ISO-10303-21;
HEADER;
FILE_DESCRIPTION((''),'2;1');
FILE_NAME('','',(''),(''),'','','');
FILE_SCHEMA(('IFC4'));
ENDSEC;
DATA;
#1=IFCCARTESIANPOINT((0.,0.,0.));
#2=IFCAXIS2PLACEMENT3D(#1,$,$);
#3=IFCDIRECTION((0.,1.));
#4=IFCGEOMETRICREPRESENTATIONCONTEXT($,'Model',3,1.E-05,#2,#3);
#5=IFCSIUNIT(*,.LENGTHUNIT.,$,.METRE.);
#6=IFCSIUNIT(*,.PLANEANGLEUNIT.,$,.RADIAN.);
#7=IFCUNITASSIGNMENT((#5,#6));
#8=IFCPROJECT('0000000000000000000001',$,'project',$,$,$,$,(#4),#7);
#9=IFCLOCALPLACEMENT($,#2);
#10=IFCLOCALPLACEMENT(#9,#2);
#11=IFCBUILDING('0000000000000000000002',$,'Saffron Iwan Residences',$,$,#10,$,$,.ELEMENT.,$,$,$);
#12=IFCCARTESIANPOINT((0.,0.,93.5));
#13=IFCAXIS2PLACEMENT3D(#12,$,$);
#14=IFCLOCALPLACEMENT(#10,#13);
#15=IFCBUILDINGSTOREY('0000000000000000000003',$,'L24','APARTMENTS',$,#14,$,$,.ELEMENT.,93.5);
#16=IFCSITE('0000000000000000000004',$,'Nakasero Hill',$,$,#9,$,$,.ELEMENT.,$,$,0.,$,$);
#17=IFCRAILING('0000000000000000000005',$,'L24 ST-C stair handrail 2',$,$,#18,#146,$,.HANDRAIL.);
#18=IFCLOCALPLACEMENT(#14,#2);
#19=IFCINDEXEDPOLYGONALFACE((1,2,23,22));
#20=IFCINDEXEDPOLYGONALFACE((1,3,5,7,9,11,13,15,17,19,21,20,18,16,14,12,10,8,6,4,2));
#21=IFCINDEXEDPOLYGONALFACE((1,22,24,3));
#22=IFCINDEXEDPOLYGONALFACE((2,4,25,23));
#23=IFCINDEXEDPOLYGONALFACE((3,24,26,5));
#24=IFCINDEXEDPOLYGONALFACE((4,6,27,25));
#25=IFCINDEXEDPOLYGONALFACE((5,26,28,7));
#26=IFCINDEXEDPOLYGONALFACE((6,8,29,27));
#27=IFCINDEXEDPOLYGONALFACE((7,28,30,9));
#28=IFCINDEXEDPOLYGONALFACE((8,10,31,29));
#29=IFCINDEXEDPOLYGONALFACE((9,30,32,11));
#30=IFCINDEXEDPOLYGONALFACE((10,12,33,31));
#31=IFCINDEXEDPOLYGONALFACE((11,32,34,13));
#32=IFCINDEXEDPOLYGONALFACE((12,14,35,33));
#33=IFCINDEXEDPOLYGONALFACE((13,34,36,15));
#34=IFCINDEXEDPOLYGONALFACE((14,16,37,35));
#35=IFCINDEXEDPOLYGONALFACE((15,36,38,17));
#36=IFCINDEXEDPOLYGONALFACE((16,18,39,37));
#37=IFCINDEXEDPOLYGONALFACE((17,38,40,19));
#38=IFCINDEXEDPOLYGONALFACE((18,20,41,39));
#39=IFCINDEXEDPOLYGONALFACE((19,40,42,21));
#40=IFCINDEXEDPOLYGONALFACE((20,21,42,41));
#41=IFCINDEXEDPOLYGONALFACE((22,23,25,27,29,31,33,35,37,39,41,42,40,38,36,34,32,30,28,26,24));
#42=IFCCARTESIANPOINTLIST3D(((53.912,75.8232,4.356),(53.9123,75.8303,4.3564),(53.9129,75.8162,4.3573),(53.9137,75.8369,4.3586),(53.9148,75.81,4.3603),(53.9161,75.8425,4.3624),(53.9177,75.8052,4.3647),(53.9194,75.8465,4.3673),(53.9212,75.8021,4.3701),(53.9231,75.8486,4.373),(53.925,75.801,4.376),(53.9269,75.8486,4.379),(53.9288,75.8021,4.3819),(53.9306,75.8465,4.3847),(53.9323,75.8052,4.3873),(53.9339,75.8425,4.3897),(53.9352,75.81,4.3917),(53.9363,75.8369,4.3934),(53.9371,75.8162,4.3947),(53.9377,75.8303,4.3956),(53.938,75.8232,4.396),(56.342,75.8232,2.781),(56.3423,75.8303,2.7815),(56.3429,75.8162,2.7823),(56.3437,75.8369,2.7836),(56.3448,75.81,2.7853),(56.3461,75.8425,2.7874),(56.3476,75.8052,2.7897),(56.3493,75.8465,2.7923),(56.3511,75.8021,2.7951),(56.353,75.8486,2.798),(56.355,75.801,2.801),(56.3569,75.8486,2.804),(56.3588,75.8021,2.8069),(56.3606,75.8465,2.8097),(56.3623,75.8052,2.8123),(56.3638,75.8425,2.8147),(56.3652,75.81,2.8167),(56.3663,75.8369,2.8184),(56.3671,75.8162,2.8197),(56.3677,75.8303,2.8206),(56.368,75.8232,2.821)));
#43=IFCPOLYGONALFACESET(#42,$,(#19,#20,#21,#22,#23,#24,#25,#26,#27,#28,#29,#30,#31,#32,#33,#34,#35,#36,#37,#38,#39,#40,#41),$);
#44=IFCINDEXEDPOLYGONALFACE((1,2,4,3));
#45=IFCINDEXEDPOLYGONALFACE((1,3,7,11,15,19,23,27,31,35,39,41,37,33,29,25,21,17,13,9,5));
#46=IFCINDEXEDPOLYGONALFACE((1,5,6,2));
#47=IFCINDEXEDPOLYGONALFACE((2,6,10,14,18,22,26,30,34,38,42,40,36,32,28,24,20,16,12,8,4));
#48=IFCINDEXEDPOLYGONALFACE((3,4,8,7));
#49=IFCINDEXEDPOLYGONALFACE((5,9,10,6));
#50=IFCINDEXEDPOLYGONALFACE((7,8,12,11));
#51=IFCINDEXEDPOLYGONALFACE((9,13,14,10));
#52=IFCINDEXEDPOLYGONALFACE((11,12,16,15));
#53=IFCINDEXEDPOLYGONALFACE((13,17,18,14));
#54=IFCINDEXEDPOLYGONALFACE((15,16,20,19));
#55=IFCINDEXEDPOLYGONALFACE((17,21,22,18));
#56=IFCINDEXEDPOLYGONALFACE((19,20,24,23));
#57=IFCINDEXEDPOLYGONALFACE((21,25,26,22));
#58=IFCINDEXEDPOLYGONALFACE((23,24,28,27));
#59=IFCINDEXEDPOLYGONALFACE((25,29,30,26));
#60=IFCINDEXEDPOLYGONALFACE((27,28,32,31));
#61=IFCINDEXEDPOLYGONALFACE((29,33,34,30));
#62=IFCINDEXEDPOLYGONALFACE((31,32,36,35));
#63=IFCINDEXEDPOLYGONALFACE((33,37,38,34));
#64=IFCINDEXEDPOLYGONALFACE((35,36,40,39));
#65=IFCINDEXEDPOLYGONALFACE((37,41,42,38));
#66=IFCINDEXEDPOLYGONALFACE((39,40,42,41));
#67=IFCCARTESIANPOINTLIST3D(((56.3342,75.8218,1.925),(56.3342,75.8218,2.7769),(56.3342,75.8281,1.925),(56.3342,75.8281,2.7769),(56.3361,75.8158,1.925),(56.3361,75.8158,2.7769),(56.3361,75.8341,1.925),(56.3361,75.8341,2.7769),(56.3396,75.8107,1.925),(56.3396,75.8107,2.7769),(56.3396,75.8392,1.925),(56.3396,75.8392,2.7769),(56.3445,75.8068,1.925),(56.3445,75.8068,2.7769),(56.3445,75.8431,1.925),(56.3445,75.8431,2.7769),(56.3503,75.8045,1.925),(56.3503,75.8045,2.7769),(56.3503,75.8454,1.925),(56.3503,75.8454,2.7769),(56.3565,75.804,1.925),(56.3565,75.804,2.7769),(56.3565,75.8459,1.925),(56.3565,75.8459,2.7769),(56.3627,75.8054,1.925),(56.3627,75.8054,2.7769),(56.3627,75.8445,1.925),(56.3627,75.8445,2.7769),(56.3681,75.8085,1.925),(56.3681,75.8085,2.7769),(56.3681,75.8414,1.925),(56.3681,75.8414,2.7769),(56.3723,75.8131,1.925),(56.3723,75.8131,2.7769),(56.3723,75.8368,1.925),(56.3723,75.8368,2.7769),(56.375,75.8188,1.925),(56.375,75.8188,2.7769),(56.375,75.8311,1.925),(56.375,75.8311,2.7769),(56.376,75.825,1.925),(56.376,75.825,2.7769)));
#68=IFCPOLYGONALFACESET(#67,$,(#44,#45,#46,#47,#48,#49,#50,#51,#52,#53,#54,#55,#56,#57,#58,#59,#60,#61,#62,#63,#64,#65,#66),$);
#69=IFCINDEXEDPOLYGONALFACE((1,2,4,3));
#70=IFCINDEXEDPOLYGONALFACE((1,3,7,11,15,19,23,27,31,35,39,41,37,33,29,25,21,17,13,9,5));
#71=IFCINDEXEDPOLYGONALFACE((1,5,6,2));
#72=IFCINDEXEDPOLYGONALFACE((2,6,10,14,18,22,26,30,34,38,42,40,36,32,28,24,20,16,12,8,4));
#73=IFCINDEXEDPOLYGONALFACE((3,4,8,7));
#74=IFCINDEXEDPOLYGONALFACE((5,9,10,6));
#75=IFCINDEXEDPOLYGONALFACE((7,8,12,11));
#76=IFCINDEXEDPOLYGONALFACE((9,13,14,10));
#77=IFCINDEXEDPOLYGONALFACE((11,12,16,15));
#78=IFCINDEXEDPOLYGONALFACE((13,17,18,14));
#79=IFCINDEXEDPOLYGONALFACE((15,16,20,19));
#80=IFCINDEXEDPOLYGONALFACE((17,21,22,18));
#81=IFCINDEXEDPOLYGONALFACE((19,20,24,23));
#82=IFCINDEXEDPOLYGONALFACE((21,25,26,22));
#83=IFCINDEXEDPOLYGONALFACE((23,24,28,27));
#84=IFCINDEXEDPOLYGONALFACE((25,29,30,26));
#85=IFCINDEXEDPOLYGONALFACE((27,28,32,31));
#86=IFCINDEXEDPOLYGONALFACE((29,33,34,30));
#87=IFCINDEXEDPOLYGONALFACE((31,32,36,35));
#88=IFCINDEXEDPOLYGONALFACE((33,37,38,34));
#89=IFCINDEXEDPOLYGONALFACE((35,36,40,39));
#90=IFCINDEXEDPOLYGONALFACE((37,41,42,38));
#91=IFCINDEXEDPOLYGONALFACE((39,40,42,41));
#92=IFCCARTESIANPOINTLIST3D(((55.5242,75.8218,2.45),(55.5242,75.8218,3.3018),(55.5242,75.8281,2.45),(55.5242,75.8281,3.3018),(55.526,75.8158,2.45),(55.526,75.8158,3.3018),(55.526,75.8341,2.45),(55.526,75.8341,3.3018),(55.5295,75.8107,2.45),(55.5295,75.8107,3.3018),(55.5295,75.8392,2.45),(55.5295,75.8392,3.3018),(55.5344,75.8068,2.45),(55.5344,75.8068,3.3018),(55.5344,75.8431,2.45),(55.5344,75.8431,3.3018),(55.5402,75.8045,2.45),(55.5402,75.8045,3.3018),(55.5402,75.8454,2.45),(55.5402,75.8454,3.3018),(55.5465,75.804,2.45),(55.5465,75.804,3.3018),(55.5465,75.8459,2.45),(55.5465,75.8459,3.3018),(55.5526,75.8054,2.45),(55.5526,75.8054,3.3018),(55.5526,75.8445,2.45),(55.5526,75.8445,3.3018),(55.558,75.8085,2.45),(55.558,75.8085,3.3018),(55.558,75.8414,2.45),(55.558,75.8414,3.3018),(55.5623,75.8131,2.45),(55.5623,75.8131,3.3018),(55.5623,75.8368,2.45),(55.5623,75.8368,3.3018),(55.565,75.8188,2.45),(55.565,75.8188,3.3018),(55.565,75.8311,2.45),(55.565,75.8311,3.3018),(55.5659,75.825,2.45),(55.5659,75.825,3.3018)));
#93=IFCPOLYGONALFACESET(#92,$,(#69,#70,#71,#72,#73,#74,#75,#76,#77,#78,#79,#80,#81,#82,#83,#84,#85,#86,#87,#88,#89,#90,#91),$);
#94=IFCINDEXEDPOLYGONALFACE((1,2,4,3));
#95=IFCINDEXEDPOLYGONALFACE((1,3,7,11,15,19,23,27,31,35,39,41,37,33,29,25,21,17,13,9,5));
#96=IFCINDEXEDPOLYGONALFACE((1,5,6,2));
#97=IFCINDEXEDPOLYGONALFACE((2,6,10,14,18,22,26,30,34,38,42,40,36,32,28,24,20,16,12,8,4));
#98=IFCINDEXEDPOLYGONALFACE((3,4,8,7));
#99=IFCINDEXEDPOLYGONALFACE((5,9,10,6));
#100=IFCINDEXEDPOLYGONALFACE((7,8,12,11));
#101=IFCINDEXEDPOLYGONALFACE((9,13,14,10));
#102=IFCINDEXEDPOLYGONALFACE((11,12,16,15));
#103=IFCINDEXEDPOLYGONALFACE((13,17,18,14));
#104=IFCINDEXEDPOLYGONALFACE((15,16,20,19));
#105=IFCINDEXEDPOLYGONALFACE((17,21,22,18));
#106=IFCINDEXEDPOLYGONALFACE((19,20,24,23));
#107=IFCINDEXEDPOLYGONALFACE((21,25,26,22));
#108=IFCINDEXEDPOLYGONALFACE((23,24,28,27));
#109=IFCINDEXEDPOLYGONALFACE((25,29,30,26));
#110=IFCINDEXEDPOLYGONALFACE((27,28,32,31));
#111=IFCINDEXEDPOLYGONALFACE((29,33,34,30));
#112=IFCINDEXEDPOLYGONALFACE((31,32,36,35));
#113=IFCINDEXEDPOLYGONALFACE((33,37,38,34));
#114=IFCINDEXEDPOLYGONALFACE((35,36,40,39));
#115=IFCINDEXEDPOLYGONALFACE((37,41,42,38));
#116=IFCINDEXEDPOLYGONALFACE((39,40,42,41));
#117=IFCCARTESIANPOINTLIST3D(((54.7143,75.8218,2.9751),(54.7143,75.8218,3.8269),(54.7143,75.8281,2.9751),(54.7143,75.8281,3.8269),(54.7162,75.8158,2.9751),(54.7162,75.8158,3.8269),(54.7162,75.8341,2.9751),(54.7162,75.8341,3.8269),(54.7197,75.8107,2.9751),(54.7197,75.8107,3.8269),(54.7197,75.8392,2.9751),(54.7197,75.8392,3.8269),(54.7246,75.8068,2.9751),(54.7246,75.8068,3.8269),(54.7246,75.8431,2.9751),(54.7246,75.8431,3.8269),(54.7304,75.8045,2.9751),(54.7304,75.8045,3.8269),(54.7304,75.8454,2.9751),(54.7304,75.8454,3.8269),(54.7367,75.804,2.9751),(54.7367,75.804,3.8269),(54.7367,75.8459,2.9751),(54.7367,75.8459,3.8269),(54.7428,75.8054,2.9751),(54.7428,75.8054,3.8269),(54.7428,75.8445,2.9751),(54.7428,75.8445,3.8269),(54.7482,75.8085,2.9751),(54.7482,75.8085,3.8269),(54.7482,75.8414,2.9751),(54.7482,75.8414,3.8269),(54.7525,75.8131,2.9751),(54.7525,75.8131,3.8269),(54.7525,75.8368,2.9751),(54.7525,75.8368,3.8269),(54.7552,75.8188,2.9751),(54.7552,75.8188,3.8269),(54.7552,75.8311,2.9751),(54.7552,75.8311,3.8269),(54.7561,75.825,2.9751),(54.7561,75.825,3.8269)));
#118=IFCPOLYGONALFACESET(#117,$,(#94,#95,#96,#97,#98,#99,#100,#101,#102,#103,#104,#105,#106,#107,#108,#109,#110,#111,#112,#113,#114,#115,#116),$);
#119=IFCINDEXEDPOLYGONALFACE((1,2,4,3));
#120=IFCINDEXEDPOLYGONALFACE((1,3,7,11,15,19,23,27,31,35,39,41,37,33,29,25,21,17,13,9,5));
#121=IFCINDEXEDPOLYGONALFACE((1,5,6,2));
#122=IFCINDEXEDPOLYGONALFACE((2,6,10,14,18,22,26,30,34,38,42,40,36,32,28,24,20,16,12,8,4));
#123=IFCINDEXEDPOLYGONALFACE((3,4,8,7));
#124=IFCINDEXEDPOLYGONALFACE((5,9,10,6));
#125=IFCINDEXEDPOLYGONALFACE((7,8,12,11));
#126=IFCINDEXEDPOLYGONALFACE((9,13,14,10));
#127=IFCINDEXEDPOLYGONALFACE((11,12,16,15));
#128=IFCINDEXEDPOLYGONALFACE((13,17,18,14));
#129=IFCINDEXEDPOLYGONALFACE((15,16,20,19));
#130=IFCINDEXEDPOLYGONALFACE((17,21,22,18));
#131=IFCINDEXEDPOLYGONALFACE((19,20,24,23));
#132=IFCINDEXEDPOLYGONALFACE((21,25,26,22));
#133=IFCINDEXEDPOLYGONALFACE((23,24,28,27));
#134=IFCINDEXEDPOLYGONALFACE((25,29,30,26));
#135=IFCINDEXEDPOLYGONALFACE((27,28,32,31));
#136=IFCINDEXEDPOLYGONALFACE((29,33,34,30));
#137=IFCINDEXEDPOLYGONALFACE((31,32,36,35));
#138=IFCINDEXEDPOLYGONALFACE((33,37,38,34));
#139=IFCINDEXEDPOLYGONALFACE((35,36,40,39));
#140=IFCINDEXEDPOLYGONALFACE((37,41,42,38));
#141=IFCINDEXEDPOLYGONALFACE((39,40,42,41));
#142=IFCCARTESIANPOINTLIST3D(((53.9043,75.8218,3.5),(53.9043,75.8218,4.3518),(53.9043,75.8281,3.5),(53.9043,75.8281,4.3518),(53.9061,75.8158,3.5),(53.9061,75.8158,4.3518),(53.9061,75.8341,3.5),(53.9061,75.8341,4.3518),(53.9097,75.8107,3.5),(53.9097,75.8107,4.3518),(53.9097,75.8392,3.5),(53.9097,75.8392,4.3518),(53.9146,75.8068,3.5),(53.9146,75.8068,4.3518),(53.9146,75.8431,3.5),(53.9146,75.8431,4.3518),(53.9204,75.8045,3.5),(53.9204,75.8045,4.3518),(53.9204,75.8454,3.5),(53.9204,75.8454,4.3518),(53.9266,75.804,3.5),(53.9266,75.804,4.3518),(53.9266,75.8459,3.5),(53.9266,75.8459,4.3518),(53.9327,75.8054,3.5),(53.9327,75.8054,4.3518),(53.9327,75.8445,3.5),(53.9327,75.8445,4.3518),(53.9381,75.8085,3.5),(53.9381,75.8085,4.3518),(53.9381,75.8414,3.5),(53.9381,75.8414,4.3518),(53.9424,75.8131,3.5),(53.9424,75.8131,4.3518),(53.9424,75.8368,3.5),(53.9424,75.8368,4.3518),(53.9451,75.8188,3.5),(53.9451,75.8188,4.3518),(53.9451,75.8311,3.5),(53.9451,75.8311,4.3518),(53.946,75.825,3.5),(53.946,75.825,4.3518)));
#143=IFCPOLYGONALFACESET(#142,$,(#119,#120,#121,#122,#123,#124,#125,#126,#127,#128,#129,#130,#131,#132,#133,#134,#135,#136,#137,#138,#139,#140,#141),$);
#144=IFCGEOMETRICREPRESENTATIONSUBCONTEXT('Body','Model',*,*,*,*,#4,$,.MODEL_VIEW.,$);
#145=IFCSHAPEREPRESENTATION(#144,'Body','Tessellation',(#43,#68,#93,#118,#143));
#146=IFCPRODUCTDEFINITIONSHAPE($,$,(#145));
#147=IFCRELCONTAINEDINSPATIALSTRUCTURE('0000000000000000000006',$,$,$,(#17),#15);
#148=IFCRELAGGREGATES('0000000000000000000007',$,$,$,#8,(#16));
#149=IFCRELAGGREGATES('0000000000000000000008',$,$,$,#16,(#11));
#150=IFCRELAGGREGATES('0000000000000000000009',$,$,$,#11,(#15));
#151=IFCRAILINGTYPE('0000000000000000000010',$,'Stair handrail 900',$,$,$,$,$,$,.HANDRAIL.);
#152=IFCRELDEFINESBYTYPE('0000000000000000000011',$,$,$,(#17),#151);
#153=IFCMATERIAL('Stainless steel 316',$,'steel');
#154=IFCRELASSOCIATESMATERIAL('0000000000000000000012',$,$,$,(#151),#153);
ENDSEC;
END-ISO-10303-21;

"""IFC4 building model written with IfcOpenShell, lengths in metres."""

from ifc_helpers import new_model, si_unit, direction, frame, origin, origin_2d, place, context, subcontext, project, spatial, circle, extrude, material, type_object, element, save


model = new_model("IFC4")

# Units and contexts
model_context = context("Model", 3, precision=1e-05, world=origin(), true_north=direction((0.0, 1.0)))
body_context = subcontext(model_context, "Body", "Model", "MODEL_VIEW")
ifc_project = project(units=[si_unit("LENGTHUNIT", "METRE"), si_unit("PLANEANGLEUNIT", "RADIAN")], contexts=[model_context])

# Site, building, storey
site_placement = place(None, origin())
site = spatial("IfcSite", under=ifc_project, at=site_placement, Name="Nakasero Hill", CompositionType="ELEMENT", RefElevation=0.0)
building_placement = place(site_placement, origin())
building = spatial("IfcBuilding", under=site, at=building_placement, Name="Saffron Iwan Residences", CompositionType="ELEMENT")
storey_placement = place(building_placement, frame((0.0, 0.0, 93.5)))
storey = spatial("IfcBuildingStorey", under=building, at=storey_placement, Name="L24", Description="APARTMENTS", CompositionType="ELEMENT", Elevation=93.5)

# Railing
ifc_material_1 = material(Name="Stainless steel 316", Category="steel")
railing_type_1 = type_object("IfcRailingType", Name="Stair handrail 900", PredefinedType="HANDRAIL", material=ifc_material_1)
railing_1_placement = place(storey_placement, frame((56.355, 75.825, 1.925)))
element("IfcRailing", 1, at=railing_1_placement, inside=storey, type_object=railing_type_1, Name="L24 ST-C stair handrail 2", PredefinedType="HANDRAIL", context=body_context, shape_type="SweptSolid", body=[
    extrude(circle(Radius=0.0239, at=origin_2d()), frame((0.0, 0.0, 0.876), z_axis=(-0.839154, 0.0, 0.543894), x_axis=(0.0, -1.0, 0.0)), (0.0, 0.0, 1.0), 2.8958),
    extrude(circle(Radius=0.021, at=origin_2d()), origin(), (0.0, 0.0, 1.0), 0.8518),
    extrude(circle(Radius=0.021, at=origin_2d()), frame((-0.8101, 0.0, 0.5249)), (0.0, 0.0, 1.0), 0.8518),
    extrude(circle(Radius=0.021, at=origin_2d()), frame((-1.6199, 0.0, 1.05)), (0.0, 0.0, 1.0), 0.8518),
    extrude(circle(Radius=0.021, at=origin_2d()), frame((-2.4299, 0.0, 1.575)), (0.0, 0.0, 1.0), 0.8518),
])

save(model, "model.ifc")
